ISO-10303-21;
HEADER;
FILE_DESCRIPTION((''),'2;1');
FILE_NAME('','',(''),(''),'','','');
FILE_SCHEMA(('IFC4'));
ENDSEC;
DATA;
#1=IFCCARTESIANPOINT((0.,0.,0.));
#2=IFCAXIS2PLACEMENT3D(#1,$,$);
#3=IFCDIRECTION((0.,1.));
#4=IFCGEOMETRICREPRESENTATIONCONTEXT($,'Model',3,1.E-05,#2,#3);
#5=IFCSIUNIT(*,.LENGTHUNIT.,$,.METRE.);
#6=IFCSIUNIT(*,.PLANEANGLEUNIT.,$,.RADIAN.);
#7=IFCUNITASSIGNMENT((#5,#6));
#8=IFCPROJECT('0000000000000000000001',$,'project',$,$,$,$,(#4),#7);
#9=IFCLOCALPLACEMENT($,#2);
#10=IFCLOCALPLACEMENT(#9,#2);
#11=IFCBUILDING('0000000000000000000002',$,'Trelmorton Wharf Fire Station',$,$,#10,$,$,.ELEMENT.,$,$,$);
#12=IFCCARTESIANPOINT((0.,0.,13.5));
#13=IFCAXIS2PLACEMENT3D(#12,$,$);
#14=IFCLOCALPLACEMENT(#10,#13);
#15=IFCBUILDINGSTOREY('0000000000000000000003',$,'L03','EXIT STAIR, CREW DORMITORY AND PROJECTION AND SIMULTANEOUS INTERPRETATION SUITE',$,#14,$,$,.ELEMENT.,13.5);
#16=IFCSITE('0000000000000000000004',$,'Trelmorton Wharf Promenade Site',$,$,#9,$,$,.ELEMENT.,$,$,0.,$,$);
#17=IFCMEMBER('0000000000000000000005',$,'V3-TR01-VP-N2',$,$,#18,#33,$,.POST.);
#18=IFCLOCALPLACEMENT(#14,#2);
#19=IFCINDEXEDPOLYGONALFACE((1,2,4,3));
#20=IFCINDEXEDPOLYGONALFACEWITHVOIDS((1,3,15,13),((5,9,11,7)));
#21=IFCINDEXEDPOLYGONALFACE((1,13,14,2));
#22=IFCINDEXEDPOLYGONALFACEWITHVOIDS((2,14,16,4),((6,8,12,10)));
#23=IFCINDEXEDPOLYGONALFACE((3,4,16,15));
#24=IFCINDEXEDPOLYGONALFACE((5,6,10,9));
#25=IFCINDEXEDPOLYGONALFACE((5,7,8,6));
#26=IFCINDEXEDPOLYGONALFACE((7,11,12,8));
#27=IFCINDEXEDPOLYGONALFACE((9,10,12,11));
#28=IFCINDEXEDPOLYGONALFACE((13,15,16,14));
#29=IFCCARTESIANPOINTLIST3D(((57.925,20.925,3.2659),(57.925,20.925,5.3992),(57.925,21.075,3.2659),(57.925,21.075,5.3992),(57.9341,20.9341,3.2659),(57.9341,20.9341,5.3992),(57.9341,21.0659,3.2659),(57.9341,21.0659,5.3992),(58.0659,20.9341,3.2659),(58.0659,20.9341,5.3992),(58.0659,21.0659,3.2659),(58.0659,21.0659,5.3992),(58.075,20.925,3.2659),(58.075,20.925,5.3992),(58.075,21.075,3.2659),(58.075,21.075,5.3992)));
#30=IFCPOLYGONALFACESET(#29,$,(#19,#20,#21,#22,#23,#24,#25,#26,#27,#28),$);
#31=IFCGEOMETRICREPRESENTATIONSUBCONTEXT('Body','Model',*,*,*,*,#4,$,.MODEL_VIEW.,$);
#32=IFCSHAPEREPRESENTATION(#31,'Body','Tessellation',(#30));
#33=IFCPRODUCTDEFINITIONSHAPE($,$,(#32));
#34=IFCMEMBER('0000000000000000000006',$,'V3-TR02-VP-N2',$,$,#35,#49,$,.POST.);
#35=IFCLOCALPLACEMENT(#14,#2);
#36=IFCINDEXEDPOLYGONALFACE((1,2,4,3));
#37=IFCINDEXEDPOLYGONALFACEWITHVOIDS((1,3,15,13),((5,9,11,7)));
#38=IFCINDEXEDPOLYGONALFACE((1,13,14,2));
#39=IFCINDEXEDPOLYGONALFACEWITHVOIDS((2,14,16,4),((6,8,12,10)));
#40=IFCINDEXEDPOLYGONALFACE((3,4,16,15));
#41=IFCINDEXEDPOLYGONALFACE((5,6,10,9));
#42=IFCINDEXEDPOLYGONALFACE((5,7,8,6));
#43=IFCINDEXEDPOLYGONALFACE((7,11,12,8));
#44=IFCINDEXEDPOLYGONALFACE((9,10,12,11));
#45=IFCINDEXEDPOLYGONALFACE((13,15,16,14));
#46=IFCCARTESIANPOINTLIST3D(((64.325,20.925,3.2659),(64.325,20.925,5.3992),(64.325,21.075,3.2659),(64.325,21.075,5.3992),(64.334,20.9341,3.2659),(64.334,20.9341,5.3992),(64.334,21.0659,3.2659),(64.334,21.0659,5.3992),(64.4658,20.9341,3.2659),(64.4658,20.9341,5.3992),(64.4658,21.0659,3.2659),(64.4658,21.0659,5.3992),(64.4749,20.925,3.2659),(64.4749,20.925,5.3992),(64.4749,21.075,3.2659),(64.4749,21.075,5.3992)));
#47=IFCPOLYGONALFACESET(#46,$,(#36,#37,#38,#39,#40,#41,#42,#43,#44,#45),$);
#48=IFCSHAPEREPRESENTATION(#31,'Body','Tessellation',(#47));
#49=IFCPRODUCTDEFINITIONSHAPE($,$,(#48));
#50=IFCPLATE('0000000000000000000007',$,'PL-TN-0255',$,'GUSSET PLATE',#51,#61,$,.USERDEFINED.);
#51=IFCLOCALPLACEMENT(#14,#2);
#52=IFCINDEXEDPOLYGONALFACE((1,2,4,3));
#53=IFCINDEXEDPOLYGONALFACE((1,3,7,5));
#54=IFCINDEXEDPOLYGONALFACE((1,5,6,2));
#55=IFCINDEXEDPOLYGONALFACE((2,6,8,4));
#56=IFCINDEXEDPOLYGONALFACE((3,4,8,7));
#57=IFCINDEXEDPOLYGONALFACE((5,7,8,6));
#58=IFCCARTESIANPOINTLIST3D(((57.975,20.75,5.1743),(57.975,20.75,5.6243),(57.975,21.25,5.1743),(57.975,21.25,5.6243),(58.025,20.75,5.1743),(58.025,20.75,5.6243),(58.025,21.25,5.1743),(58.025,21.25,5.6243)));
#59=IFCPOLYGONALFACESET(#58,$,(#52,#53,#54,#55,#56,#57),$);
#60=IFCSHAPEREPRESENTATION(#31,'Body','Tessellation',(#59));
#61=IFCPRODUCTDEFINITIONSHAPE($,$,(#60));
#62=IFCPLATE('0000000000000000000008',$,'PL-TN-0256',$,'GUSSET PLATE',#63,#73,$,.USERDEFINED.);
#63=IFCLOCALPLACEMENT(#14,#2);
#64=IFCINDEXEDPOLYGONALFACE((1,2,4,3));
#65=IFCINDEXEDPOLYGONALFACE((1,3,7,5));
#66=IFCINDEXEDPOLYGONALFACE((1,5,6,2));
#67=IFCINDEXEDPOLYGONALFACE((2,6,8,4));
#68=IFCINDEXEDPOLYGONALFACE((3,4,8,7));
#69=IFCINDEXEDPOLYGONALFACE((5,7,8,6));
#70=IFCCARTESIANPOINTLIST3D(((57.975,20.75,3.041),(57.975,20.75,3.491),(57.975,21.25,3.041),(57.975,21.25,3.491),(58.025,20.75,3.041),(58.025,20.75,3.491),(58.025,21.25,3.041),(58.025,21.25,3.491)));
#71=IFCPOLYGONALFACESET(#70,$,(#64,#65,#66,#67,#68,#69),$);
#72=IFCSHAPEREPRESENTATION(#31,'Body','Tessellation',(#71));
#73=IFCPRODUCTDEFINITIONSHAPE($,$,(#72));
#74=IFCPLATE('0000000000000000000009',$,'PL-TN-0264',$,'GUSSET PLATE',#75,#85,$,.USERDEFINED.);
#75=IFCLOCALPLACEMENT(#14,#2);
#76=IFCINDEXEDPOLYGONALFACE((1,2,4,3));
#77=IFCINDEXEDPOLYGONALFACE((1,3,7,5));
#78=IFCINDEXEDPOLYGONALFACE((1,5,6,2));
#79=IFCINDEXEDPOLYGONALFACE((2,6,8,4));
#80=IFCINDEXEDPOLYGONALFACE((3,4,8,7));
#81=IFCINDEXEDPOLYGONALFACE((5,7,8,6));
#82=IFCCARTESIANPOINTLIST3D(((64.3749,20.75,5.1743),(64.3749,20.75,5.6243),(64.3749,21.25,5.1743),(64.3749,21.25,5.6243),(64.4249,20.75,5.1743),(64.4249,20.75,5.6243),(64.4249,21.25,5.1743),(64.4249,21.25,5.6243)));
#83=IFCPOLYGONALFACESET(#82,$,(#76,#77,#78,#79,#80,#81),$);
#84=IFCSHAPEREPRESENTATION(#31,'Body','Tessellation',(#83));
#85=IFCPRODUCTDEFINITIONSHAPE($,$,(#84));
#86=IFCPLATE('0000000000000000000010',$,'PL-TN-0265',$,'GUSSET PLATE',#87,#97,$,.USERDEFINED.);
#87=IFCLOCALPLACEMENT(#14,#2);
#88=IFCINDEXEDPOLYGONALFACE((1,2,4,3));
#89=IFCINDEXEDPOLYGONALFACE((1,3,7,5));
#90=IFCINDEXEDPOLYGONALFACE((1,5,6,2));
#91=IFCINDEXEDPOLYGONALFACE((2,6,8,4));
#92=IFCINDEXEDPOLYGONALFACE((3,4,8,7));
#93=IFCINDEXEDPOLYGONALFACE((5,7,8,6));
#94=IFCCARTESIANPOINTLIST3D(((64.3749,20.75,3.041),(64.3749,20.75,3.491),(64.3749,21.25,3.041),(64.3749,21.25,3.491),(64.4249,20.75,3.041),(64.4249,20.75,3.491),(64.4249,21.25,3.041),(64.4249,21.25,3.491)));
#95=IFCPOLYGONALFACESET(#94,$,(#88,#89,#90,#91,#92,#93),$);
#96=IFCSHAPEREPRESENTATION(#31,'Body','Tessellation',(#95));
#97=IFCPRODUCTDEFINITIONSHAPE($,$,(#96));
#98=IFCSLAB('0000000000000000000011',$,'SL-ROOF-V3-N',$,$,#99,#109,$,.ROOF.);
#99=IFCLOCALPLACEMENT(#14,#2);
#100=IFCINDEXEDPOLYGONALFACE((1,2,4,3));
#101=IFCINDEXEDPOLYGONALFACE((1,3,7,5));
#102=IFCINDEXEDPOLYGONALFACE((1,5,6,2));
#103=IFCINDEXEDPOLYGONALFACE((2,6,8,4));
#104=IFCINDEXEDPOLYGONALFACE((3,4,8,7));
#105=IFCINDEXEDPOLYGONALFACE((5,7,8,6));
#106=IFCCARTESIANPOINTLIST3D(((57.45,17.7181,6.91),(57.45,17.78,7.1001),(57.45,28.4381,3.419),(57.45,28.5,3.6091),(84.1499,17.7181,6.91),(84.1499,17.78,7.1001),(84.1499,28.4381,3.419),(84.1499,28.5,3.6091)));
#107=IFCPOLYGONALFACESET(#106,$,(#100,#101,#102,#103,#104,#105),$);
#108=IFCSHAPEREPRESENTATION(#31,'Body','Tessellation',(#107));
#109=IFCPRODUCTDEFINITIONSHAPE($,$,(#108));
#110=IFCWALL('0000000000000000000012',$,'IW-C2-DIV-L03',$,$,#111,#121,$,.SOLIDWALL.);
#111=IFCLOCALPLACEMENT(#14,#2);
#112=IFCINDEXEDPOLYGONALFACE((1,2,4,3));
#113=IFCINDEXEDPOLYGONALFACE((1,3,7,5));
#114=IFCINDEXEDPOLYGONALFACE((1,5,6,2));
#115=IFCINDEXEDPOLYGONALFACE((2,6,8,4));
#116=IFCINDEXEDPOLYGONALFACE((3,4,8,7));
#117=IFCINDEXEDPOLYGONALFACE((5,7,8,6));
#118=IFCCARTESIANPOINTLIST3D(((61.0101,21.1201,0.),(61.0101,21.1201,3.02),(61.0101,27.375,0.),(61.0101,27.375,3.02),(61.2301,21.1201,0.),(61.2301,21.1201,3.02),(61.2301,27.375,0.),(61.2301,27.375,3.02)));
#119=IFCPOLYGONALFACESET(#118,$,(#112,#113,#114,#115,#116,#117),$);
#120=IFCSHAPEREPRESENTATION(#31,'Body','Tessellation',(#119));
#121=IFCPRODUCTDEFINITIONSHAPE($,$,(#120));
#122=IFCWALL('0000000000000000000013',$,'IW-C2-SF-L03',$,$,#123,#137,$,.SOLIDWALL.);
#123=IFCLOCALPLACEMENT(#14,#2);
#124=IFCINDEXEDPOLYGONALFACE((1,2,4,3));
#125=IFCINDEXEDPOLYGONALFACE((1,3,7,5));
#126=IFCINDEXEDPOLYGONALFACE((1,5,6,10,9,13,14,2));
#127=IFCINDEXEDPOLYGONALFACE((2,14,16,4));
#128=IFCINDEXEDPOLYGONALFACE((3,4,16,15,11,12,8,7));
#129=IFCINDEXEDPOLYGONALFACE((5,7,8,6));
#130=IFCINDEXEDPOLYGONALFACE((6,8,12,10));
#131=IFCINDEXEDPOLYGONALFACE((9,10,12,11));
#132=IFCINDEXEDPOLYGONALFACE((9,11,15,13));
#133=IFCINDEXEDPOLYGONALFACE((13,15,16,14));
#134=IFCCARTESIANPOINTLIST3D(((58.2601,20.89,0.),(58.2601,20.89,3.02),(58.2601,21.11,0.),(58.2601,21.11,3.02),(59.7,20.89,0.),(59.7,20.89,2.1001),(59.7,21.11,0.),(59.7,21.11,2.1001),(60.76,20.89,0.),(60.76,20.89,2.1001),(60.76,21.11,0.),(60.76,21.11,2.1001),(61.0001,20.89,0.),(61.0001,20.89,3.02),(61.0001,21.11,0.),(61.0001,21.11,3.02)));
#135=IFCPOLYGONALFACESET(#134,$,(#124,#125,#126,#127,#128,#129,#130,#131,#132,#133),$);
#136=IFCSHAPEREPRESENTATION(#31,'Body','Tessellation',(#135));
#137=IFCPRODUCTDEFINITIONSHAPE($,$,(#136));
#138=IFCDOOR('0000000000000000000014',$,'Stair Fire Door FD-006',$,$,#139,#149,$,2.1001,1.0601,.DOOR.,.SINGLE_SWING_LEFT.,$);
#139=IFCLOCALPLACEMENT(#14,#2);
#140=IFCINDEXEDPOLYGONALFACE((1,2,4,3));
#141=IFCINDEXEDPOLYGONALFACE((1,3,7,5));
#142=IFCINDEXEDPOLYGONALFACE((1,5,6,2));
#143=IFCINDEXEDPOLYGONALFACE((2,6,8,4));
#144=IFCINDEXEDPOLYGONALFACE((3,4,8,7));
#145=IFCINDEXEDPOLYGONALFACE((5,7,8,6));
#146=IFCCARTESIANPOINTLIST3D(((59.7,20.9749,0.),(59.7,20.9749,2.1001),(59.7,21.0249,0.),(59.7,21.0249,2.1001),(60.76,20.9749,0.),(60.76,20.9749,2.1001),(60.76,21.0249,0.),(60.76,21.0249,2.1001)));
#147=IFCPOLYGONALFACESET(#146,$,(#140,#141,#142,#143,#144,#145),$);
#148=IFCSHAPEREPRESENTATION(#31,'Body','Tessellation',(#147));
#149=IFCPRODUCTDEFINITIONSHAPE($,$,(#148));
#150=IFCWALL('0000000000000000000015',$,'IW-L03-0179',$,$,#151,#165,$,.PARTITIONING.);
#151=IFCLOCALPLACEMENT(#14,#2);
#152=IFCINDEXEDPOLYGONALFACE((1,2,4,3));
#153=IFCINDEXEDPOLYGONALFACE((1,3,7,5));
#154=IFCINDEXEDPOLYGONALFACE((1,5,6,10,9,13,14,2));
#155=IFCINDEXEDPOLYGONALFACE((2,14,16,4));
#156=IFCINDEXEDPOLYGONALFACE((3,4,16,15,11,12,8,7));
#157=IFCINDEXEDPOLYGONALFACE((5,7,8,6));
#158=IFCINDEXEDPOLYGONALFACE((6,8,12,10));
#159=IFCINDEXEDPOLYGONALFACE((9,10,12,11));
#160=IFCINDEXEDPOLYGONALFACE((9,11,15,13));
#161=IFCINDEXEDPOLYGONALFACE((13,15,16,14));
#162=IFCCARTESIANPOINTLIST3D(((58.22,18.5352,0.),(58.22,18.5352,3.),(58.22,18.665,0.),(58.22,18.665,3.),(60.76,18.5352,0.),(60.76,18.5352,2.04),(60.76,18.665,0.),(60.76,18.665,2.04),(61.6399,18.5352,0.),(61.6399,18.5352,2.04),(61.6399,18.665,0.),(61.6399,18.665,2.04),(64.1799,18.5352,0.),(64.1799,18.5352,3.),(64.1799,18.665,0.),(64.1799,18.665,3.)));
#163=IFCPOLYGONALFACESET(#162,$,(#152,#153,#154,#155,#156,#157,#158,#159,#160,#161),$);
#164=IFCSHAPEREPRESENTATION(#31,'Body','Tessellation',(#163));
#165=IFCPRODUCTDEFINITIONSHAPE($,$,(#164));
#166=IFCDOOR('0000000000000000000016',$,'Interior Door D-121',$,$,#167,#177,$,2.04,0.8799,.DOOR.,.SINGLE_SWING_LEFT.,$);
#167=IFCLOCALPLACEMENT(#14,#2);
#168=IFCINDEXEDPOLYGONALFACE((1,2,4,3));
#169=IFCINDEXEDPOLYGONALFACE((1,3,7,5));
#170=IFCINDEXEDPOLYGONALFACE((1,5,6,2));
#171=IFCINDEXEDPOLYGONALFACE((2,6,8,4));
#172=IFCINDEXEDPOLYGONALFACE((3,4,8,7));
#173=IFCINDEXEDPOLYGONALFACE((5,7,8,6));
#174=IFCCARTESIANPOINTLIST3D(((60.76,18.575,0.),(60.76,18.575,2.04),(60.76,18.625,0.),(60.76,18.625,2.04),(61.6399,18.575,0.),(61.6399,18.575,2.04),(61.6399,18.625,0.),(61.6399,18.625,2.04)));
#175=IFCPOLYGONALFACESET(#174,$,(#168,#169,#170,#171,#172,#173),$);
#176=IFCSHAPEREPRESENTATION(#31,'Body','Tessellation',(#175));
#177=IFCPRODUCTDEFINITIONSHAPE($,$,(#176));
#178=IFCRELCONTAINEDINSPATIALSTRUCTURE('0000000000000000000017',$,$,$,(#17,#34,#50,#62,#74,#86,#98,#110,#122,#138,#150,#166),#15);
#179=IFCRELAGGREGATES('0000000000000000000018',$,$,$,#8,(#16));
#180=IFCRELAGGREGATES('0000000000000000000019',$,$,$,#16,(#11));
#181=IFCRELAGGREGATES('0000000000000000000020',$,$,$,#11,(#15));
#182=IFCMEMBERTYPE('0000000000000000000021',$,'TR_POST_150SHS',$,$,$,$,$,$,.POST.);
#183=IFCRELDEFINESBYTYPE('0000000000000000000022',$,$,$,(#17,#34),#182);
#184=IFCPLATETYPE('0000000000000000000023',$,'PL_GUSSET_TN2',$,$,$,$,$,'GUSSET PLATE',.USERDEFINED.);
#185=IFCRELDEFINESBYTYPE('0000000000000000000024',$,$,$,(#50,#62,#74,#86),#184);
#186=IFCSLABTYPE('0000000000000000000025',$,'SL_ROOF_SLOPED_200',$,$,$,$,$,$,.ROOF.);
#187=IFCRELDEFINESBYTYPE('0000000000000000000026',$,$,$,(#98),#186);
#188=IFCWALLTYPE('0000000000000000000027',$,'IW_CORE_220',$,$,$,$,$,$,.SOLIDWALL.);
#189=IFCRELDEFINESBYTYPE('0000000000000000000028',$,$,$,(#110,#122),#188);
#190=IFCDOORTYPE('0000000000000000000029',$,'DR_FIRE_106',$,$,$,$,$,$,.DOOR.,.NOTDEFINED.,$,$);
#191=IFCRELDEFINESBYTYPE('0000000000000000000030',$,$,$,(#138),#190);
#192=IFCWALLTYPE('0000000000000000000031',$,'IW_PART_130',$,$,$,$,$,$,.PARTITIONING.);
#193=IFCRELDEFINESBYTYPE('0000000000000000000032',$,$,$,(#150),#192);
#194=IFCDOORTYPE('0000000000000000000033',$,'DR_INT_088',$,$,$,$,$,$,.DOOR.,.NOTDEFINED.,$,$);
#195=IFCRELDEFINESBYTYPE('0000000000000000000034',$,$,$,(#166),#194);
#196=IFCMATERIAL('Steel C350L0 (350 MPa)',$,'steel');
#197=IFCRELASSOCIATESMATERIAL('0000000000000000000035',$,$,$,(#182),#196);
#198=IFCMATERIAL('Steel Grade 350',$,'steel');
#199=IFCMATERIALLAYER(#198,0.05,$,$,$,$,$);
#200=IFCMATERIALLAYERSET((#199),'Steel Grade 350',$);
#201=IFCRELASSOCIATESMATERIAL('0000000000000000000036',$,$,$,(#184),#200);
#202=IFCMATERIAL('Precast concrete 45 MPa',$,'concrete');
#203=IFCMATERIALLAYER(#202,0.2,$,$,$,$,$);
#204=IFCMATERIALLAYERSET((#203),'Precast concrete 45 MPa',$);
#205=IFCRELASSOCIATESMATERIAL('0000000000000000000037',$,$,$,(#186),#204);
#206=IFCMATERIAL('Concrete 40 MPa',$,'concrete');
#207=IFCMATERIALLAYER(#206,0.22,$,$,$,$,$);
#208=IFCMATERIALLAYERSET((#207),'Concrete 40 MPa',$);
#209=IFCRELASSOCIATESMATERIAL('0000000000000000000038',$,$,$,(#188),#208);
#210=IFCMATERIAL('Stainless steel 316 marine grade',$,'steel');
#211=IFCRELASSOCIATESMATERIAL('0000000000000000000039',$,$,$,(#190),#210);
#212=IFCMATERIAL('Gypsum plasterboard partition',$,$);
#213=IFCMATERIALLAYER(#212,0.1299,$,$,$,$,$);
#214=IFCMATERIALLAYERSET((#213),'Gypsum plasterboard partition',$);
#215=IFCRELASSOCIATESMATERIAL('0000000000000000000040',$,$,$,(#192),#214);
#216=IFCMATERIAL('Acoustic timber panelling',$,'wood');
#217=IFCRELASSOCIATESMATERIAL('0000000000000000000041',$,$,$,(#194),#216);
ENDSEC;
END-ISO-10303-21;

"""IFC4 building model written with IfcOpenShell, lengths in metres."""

from ifc_helpers import new_model, si_unit, direction, frame, frame_2d, origin, origin_2d, place, context, subcontext, project, spatial, polyline, rectangle, hollow_rectangle, outline, extrude, material, layer, layer_set, material_profile, profile_set, type_object, element, fill, save


model = new_model("IFC4")

# Units and contexts
model_context = context("Model", 3, precision=1e-05, world=origin(), true_north=direction((0.0, 1.0)))
body_context = subcontext(model_context, "Body", "Model", "MODEL_VIEW")
ifc_project = project(units=[si_unit("LENGTHUNIT", "METRE"), si_unit("PLANEANGLEUNIT", "RADIAN")], contexts=[model_context])

# Site, building, storey
site_placement = place(None, origin())
site = spatial("IfcSite", under=ifc_project, at=site_placement, Name="Trelmorton Wharf Promenade Site", CompositionType="ELEMENT", RefElevation=0.0)
building_placement = place(site_placement, origin())
building = spatial("IfcBuilding", under=site, at=building_placement, Name="Trelmorton Wharf Fire Station", CompositionType="ELEMENT")
storey_placement = place(building_placement, frame((0.0, 0.0, 13.5)))
storey = spatial("IfcBuildingStorey", under=building, at=storey_placement, Name="L03", Description="EXIT STAIR, CREW DORMITORY AND PROJECTION AND SIMULTANEOUS INTERPRETATION SUITE", CompositionType="ELEMENT", Elevation=13.5)

# Shared definitions
ifc_material_1 = material(Name="Steel Grade 350", Category="steel")

# Members
ifc_material_2 = material(Name="Steel C350L0 (350 MPa)", Category="steel")
ifc_material_profile_1 = material_profile(ifc_material_2, hollow_rectangle(XDim=0.1499, YDim=0.1499, WallThickness=0.009, at=origin_2d()), Name="150x150x9.0SHS")
ifc_profile_set_1 = profile_set([ifc_material_profile_1], Name="Steel C350L0 (350 MPa)")
member_type_1 = type_object("IfcMemberType", Name="TR_POST_150SHS", PredefinedType="POST", material=ifc_profile_set_1)
for number, where, z_axis, x_axis, name in (
    (1, (58.0, 21.0, 3.2659), (0.0, 0.0, 1.0), (1.0, 0.0, 0.0), "V3-TR01-VP-N2"),
    (2, (64.3999, 21.0, 3.2659), (0.0, 0.0, 1.0), (1.0, 0.0, 0.0), "V3-TR02-VP-N2"),
):
    element("IfcMember", number, at=place(storey_placement, frame(where, z_axis=z_axis, x_axis=x_axis)), inside=storey, type_object=member_type_1, Name=name, PredefinedType="POST", context=body_context, shape_type="SweptSolid", body=[
        extrude(hollow_rectangle(XDim=0.1499, YDim=0.1499, WallThickness=0.009, at=origin_2d()), origin(), (0.0, 0.0, 1.0), 2.1333),
    ])

# Plates
ifc_layer_1 = layer(ifc_material_1, 0.05)
ifc_layer_set_1 = layer_set([ifc_layer_1], Name="Steel Grade 350")
plate_type = type_object("IfcPlateType", Name="PL_GUSSET_TN2", ElementType="GUSSET PLATE", PredefinedType="USERDEFINED", material=ifc_layer_set_1)
for number, where, z_axis, x_axis, name in (
    (3, (58.0, 21.0, 5.1743), (0.0, 0.0, 1.0), (1.0, 0.0, 0.0), "PL-TN-0255"),
    (4, (58.0, 21.0, 3.041), (0.0, 0.0, 1.0), (1.0, 0.0, 0.0), "PL-TN-0256"),
    (5, (64.3999, 21.0, 5.1743), (0.0, 0.0, 1.0), (1.0, 0.0, 0.0), "PL-TN-0264"),
    (6, (64.3999, 21.0, 3.041), (0.0, 0.0, 1.0), (1.0, 0.0, 0.0), "PL-TN-0265"),
):
    element("IfcPlate", number, at=place(storey_placement, frame(where, z_axis=z_axis, x_axis=x_axis)), inside=storey, type_object=plate_type, Name=name, ObjectType="GUSSET PLATE", PredefinedType="USERDEFINED", context=body_context, shape_type="SweptSolid", body=[
        extrude(rectangle(XDim=0.05, YDim=0.5, at=origin_2d()), origin(), (0.0, 0.0, 1.0), 0.45),
    ])

# Slab
ifc_material_3 = material(Name="Precast concrete 45 MPa", Category="concrete")
ifc_layer_2 = layer(ifc_material_3, 0.2)
ifc_layer_set_2 = layer_set([ifc_layer_2], Name="Precast concrete 45 MPa")
slab_type = type_object("IfcSlabType", Name="SL_ROOF_SLOPED_200", PredefinedType="ROOF", material=ifc_layer_set_2)
slab_placement = place(storey_placement, frame((57.45, 17.78, 7.1001), z_axis=(0.0, 0.309646, 0.950852), x_axis=(1.0, 0.0, 0.0)))
element("IfcSlab", 7, at=slab_placement, inside=storey, type_object=slab_type, Name="SL-ROOF-V3-N", PredefinedType="ROOF", context=body_context, shape_type="SweptSolid", body=[
    extrude(outline(polyline([(0.0, 0.0), (26.7, 0.0), (26.7, 11.2741), (0.0, 11.2741), (0.0, 0.0)])), origin(), (0.0, 0.0, -1.0), 0.2),
])

# Wall
ifc_material_4 = material(Name="Concrete 40 MPa", Category="concrete")
ifc_layer_3 = layer(ifc_material_4, 0.22)
ifc_layer_set_3 = layer_set([ifc_layer_3], Name="Concrete 40 MPa")
wall_type_1 = type_object("IfcWallType", Name="IW_CORE_220", PredefinedType="SOLIDWALL", material=ifc_layer_set_3)
wall_1_placement = place(storey_placement, frame((61.1201, 21.1201, 0.0), z_axis=(0.0, 0.0, 1.0), x_axis=(0.0, 1.0, 0.0)))
element("IfcWall", 8, at=wall_1_placement, inside=storey, type_object=wall_type_1, Name="IW-C2-DIV-L03", PredefinedType="SOLIDWALL", context=body_context, shape_type="SweptSolid", body=[
    extrude(rectangle(XDim=6.2549, YDim=0.22, at=frame_2d((3.1274, 0.0))), origin(), (0.0, 0.0, 1.0), 3.02),
])

# Walls, openings, doors
wall_2_placement = place(storey_placement, frame((58.26, 21.0, 0.0), z_axis=(0.0, 0.0, 1.0), x_axis=(1.0, 0.0, 0.0)))
wall_2 = element("IfcWall", 9, at=wall_2_placement, inside=storey, type_object=wall_type_1, Name="IW-C2-SF-L03", PredefinedType="SOLIDWALL", context=body_context, shape_type="SweptSolid", body=[
    extrude(rectangle(XDim=2.74, YDim=0.22, at=frame_2d((1.3701, 0.0))), origin(), (0.0, 0.0, 1.0), 3.02),
])
opening_1_placement = place(wall_2_placement, frame((1.4399, 0.0, 0.0)))
opening_1 = element("IfcOpeningElement", 10, at=opening_1_placement, cuts=wall_2, PredefinedType="OPENING", context=body_context, shape_type="SweptSolid", body=[
    extrude(rectangle(XDim=1.0601, YDim=2.1001, at=frame_2d((0.53, 1.05))), frame((0.0, 0.1201, 0.0), z_axis=(0.0, -1.0, 0.0), x_axis=(1.0, 0.0, 0.0)), (0.0, 0.0, 1.0), 0.24),
])
ifc_material_5 = material(Name="Stainless steel 316 marine grade", Category="steel")
door_type_1 = type_object("IfcDoorType", Name="DR_FIRE_106", OperationType="NOTDEFINED", PredefinedType="DOOR", material=ifc_material_5)
door_1_placement = place(opening_1_placement, origin())
door_1 = element("IfcDoor", 11, at=door_1_placement, inside=storey, type_object=door_type_1, Name="Stair Fire Door FD-006", OperationType="SINGLE_SWING_LEFT", OverallHeight=2.1001, OverallWidth=1.0601, PredefinedType="DOOR", context=body_context, shape_type="SweptSolid", body=[
    extrude(rectangle(XDim=1.0601, YDim=2.1001, at=frame_2d((0.53, 1.05))), frame((0.0, 0.0249, 0.0), z_axis=(0.0, -1.0, 0.0), x_axis=(1.0, 0.0, 0.0)), (0.0, 0.0, 1.0), 0.05),
])
fill(opening_1, door_1)
ifc_material_6 = material(Name="Gypsum plasterboard partition")
ifc_layer_4 = layer(ifc_material_6, 0.1299)
ifc_layer_set_4 = layer_set([ifc_layer_4], Name="Gypsum plasterboard partition")
wall_type_2 = type_object("IfcWallType", Name="IW_PART_130", PredefinedType="PARTITIONING", material=ifc_layer_set_4)
wall_3_placement = place(storey_placement, frame((58.22, 18.6001, 0.0), z_axis=(0.0, 0.0, 1.0), x_axis=(1.0, 0.0, 0.0)))
wall_3 = element("IfcWall", 12, at=wall_3_placement, inside=storey, type_object=wall_type_2, Name="IW-L03-0179", PredefinedType="PARTITIONING", context=body_context, shape_type="SweptSolid", body=[
    extrude(rectangle(XDim=5.96, YDim=0.1299, at=frame_2d((2.98, 0.0))), origin(), (0.0, 0.0, 1.0), 3.0),
])
opening_2_placement = place(wall_3_placement, frame((2.54, 0.0, 0.0)))
opening_2 = element("IfcOpeningElement", 13, at=opening_2_placement, cuts=wall_3, PredefinedType="OPENING", context=body_context, shape_type="SweptSolid", body=[
    extrude(rectangle(XDim=0.8799, YDim=2.04, at=frame_2d((0.4399, 1.02))), frame((0.0, 0.075, 0.0), z_axis=(0.0, -1.0, 0.0), x_axis=(1.0, 0.0, 0.0)), (0.0, 0.0, 1.0), 0.1499),
])
ifc_material_7 = material(Name="Acoustic timber panelling", Category="wood")
door_type_2 = type_object("IfcDoorType", Name="DR_INT_088", OperationType="NOTDEFINED", PredefinedType="DOOR", material=ifc_material_7)
door_2_placement = place(opening_2_placement, origin())
door_2 = element("IfcDoor", 14, at=door_2_placement, inside=storey, type_object=door_type_2, Name="Interior Door D-121", OperationType="SINGLE_SWING_LEFT", OverallHeight=2.04, OverallWidth=0.8799, PredefinedType="DOOR", context=body_context, shape_type="SweptSolid", body=[
    extrude(rectangle(XDim=0.8799, YDim=2.04, at=frame_2d((0.4399, 1.02))), frame((0.0, 0.0249, 0.0), z_axis=(0.0, -1.0, 0.0), x_axis=(1.0, 0.0, 0.0)), (0.0, 0.0, 1.0), 0.05),
])
fill(opening_2, door_2)

save(model, "model.ifc")
